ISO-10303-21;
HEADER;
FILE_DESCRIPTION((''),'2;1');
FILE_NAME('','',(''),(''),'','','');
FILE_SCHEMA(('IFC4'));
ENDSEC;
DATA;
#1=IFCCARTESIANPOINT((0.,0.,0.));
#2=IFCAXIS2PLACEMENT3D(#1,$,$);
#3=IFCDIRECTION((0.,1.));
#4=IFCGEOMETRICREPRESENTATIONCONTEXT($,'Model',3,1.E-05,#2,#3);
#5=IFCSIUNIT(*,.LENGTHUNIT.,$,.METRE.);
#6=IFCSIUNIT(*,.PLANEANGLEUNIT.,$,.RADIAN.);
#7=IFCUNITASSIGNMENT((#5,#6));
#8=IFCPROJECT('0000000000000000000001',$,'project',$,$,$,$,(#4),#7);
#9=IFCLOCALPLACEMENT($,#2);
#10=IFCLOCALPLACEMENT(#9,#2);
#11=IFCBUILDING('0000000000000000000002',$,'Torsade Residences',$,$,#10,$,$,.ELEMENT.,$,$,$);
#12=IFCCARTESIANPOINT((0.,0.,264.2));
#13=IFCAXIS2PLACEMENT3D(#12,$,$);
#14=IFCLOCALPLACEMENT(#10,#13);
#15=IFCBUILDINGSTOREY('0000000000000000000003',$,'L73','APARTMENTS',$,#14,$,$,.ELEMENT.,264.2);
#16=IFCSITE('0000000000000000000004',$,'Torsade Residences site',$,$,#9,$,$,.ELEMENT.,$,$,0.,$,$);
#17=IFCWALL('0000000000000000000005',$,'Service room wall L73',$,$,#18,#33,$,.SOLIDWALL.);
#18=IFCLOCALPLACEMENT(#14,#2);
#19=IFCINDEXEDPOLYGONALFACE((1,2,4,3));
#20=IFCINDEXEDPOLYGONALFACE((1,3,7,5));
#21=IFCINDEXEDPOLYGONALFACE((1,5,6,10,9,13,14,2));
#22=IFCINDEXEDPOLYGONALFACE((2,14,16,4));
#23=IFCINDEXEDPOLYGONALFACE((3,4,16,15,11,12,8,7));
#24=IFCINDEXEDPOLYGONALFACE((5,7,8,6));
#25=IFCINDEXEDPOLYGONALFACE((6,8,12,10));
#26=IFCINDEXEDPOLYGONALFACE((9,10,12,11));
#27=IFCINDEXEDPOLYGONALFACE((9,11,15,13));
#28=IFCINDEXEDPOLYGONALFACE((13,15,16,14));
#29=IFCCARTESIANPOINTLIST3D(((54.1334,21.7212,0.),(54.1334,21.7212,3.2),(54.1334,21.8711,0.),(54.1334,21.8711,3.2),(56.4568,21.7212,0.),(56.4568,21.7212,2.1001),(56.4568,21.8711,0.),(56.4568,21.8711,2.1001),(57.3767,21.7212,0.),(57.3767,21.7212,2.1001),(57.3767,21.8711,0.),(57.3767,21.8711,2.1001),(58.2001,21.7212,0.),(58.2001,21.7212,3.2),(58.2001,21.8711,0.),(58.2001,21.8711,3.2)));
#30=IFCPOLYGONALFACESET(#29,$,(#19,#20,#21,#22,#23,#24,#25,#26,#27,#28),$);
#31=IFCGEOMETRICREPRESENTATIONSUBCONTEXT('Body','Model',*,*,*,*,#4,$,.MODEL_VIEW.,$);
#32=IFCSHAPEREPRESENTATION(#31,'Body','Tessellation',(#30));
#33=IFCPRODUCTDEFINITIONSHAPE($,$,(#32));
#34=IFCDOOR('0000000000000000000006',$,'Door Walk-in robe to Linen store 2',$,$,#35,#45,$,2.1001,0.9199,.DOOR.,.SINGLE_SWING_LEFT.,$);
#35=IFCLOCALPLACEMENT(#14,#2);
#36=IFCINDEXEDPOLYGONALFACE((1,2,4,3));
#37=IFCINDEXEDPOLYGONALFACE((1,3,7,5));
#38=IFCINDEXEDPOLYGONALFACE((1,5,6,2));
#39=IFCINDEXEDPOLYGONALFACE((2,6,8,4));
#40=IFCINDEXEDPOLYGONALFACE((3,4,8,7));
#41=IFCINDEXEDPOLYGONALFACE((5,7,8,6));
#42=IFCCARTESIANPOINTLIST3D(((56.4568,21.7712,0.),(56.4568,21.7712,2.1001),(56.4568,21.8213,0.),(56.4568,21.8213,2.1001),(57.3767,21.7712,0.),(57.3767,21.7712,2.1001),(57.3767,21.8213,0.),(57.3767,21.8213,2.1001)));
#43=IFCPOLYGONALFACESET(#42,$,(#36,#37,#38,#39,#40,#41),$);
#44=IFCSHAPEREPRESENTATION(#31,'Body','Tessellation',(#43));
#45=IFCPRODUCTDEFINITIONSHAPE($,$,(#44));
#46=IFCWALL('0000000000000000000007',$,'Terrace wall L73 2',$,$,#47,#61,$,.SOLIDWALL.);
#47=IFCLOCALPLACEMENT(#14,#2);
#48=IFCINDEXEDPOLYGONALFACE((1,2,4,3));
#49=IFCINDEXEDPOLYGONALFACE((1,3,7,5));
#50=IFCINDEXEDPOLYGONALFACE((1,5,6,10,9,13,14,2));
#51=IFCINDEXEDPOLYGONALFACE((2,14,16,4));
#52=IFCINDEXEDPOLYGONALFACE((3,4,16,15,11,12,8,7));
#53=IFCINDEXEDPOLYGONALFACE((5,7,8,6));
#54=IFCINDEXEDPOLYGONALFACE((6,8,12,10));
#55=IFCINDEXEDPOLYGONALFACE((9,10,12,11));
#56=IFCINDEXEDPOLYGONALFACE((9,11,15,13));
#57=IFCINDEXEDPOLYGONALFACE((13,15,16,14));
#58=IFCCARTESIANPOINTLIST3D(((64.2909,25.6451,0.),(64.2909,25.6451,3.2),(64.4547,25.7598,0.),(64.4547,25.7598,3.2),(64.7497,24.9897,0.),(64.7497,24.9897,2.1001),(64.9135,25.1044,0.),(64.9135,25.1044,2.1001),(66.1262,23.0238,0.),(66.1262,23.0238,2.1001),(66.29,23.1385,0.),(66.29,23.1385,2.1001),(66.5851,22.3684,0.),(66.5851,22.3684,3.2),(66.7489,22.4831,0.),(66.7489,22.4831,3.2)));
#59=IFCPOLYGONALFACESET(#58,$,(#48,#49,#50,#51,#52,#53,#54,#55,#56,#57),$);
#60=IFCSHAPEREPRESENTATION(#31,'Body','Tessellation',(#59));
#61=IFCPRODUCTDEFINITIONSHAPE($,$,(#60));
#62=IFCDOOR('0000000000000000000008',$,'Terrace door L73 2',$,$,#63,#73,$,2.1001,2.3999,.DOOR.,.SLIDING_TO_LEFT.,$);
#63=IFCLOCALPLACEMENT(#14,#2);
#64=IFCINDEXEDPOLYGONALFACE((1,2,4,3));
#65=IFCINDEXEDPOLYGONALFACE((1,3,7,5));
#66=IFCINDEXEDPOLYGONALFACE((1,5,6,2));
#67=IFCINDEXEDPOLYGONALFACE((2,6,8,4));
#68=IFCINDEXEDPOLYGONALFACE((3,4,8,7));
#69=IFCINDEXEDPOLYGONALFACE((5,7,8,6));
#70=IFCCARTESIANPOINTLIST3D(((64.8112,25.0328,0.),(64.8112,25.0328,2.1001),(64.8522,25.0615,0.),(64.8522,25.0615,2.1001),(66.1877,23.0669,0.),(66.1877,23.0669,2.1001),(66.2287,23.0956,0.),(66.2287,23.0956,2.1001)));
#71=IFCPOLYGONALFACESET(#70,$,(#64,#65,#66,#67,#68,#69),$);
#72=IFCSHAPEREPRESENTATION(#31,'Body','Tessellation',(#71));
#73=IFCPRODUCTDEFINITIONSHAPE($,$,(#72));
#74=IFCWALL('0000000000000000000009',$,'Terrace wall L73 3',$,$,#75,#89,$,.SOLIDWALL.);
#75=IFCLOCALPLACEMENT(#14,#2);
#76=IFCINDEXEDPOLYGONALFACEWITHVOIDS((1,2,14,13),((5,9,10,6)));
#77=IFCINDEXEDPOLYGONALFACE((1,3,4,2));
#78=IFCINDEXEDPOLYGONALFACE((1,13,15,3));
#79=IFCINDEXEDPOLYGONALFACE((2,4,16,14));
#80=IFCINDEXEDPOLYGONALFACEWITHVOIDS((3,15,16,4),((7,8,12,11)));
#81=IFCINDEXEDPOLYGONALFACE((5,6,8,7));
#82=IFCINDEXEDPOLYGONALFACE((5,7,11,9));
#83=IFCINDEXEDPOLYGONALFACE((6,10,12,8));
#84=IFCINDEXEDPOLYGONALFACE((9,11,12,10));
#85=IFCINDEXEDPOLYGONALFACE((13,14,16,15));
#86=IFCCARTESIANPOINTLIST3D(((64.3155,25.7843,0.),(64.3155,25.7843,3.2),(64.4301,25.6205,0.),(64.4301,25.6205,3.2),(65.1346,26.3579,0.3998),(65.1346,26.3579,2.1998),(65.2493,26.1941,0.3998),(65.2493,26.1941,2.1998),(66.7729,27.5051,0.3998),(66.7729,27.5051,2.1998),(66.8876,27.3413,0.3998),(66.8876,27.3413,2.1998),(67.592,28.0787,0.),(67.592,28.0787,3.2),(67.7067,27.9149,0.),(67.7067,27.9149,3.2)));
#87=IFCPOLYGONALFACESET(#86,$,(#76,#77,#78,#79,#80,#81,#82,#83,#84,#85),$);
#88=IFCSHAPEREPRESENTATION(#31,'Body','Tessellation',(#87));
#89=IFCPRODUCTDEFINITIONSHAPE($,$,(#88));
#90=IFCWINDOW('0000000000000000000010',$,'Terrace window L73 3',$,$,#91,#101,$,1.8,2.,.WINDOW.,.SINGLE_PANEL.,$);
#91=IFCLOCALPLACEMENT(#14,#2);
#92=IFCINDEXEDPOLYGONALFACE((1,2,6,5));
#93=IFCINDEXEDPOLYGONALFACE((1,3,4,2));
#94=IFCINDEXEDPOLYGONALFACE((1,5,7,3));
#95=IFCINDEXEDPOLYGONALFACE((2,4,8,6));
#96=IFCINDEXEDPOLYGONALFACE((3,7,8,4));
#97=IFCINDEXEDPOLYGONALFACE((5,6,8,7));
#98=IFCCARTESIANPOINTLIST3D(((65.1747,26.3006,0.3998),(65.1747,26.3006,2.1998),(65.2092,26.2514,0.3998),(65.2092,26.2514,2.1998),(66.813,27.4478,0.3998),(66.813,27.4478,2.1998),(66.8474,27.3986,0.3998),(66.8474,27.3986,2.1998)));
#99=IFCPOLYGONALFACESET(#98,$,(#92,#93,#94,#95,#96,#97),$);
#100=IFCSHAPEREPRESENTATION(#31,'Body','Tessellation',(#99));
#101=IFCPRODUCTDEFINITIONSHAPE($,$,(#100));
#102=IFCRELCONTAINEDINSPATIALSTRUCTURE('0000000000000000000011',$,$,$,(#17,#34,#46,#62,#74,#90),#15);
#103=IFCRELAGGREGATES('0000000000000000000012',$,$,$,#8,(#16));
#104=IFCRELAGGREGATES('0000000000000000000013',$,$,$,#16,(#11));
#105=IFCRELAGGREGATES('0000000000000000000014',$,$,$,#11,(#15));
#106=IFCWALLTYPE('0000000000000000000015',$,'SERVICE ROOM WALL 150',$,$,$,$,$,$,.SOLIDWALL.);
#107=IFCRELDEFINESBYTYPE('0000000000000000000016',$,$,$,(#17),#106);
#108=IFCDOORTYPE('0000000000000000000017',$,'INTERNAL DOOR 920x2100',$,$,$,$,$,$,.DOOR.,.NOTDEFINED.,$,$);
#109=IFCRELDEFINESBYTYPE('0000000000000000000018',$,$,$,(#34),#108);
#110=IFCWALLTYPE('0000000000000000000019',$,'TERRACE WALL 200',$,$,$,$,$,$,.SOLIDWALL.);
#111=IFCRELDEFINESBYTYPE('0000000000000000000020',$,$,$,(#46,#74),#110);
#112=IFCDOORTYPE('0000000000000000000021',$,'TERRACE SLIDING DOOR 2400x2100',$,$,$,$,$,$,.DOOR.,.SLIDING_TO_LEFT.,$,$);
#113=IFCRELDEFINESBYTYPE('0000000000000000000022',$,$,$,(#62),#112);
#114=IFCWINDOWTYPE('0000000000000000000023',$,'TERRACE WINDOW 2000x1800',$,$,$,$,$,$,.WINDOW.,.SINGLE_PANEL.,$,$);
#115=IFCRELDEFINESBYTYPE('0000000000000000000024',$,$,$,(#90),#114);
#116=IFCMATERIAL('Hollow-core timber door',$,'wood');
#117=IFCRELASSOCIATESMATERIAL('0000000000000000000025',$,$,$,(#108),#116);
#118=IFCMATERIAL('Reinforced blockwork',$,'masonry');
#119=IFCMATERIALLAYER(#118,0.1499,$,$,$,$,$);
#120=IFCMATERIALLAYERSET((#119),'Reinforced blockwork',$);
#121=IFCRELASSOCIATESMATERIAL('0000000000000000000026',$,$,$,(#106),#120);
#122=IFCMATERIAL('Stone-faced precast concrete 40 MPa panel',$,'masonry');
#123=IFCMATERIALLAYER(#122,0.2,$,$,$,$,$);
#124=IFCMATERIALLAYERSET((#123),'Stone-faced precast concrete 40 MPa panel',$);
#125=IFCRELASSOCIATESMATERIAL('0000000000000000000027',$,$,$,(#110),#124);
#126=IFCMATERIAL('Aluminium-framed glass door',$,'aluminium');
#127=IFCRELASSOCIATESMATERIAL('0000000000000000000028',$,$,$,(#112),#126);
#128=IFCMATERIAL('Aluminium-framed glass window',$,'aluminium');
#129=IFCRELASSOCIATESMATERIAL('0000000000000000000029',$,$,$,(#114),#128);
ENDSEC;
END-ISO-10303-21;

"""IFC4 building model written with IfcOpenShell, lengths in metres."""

from ifc_helpers import new_model, si_unit, direction, frame, frame_2d, origin, place, context, subcontext, project, spatial, rectangle, extrude, material, layer, layer_set, type_object, element, fill, save


model = new_model("IFC4")

# Units and contexts
model_context = context("Model", 3, precision=1e-05, world=origin(), true_north=direction((0.0, 1.0)))
body_context = subcontext(model_context, "Body", "Model", "MODEL_VIEW")
ifc_project = project(units=[si_unit("LENGTHUNIT", "METRE"), si_unit("PLANEANGLEUNIT", "RADIAN")], contexts=[model_context])

# Site, building, storey
site_placement = place(None, origin())
site = spatial("IfcSite", under=ifc_project, at=site_placement, Name="Torsade Residences site", CompositionType="ELEMENT", RefElevation=0.0)
building_placement = place(site_placement, origin())
building = spatial("IfcBuilding", under=site, at=building_placement, Name="Torsade Residences", CompositionType="ELEMENT")
storey_placement = place(building_placement, frame((0.0, 0.0, 264.2)))
storey = spatial("IfcBuildingStorey", under=building, at=storey_placement, Name="L73", Description="APARTMENTS", CompositionType="ELEMENT", Elevation=264.2)

# Shared definitions
ifc_material_1 = material(Name="Hollow-core timber door", Category="wood")
door_type_1 = type_object("IfcDoorType", Name="INTERNAL DOOR 920x2100", OperationType="NOTDEFINED", PredefinedType="DOOR", material=ifc_material_1)

# Shared definitions
ifc_material_2 = material(Name="Reinforced blockwork", Category="masonry")
ifc_layer_1 = layer(ifc_material_2, 0.1499)
ifc_layer_set_1 = layer_set([ifc_layer_1], Name="Reinforced blockwork")
wall_type_1 = type_object("IfcWallType", Name="SERVICE ROOM WALL 150", PredefinedType="SOLIDWALL", material=ifc_layer_set_1)

# Walls, openings, doors
wall_1_placement = place(storey_placement, frame((58.2, 21.7961, 0.0), z_axis=(0.0, 0.0, 1.0), x_axis=(-1.0, 0.0, 0.0)))
wall_1 = element("IfcWall", 1, at=wall_1_placement, inside=storey, type_object=wall_type_1, Name="Service room wall L73", PredefinedType="SOLIDWALL", context=body_context, shape_type="SweptSolid", body=[
    extrude(rectangle(XDim=4.0667, YDim=0.1499, at=frame_2d((2.0332, 0.0))), origin(), (0.0, 0.0, 1.0), 3.2),
])
opening_1_placement = place(wall_1_placement, frame((0.8232, 0.0, 0.0)))
opening_1 = element("IfcOpeningElement", 2, at=opening_1_placement, cuts=wall_1, PredefinedType="OPENING", context=body_context, shape_type="SweptSolid", body=[
    extrude(rectangle(XDim=0.9199, YDim=2.1001, at=frame_2d((0.46, 1.05))), frame((0.0, 0.085, 0.0), z_axis=(0.0, -1.0, 0.0), x_axis=(1.0, 0.0, 0.0)), (0.0, 0.0, 1.0), 0.1699),
])
door_1_placement = place(opening_1_placement, origin())
door_1 = element("IfcDoor", 3, at=door_1_placement, inside=storey, type_object=door_type_1, Name="Door Walk-in robe to Linen store 2", OperationType="SINGLE_SWING_LEFT", OverallHeight=2.1001, OverallWidth=0.9199, PredefinedType="DOOR", context=body_context, shape_type="SweptSolid", body=[
    extrude(rectangle(XDim=0.9199, YDim=2.1001, at=frame_2d((0.46, 1.05))), frame((0.0, 0.0249, 0.0), z_axis=(0.0, -1.0, 0.0), x_axis=(1.0, 0.0, 0.0)), (0.0, 0.0, 1.0), 0.05),
])
fill(opening_1, door_1)
ifc_material_3 = material(Name="Stone-faced precast concrete 40 MPa panel", Category="masonry")
ifc_layer_2 = layer(ifc_material_3, 0.2)
ifc_layer_set_2 = layer_set([ifc_layer_2], Name="Stone-faced precast concrete 40 MPa panel")
wall_type_2 = type_object("IfcWallType", Name="TERRACE WALL 200", PredefinedType="SOLIDWALL", material=ifc_layer_set_2)
wall_2_placement = place(storey_placement, frame((66.667, 22.4258, 0.0), z_axis=(0.0, 0.0, 1.0), x_axis=(-0.573557, 0.819166, 0.0)))
wall_2 = element("IfcWall", 4, at=wall_2_placement, inside=storey, type_object=wall_type_2, Name="Terrace wall L73 2", PredefinedType="SOLIDWALL", context=body_context, shape_type="SweptSolid", body=[
    extrude(rectangle(XDim=4.0, YDim=0.2, at=frame_2d((2.0, 0.0))), origin(), (0.0, 0.0, 1.0), 3.2),
])
opening_2_placement = place(wall_2_placement, frame((0.8, 0.0, 0.0)))
opening_2 = element("IfcOpeningElement", 5, at=opening_2_placement, cuts=wall_2, PredefinedType="OPENING", context=body_context, shape_type="SweptSolid", body=[
    extrude(rectangle(XDim=2.3999, YDim=2.1001, at=frame_2d((1.2, 1.05))), frame((0.0, 0.1099, 0.0), z_axis=(0.0, -1.0, 0.0), x_axis=(1.0, 0.0, 0.0)), (0.0, 0.0, 1.0), 0.22),
])
ifc_material_4 = material(Name="Aluminium-framed glass door", Category="aluminium")
door_type_2 = type_object("IfcDoorType", Name="TERRACE SLIDING DOOR 2400x2100", OperationType="SLIDING_TO_LEFT", PredefinedType="DOOR", material=ifc_material_4)
door_2_placement = place(opening_2_placement, origin())
door_2 = element("IfcDoor", 6, at=door_2_placement, inside=storey, type_object=door_type_2, Name="Terrace door L73 2", OperationType="SLIDING_TO_LEFT", OverallHeight=2.1001, OverallWidth=2.3999, PredefinedType="DOOR", context=body_context, shape_type="SweptSolid", body=[
    extrude(rectangle(XDim=2.3999, YDim=2.1001, at=frame_2d((1.2, 1.05))), frame((0.0, 0.0249, 0.0), z_axis=(0.0, -1.0, 0.0), x_axis=(1.0, 0.0, 0.0)), (0.0, 0.0, 1.0), 0.05),
])
fill(opening_2, door_2)

# Wall, opening, window
wall_3_placement = place(storey_placement, frame((64.3728, 25.7024, 0.0), z_axis=(0.0, 0.0, 1.0), x_axis=(0.819137, 0.573598, 0.0)))
wall_3 = element("IfcWall", 7, at=wall_3_placement, inside=storey, type_object=wall_type_2, Name="Terrace wall L73 3", PredefinedType="SOLIDWALL", context=body_context, shape_type="SweptSolid", body=[
    extrude(rectangle(XDim=4.0, YDim=0.2, at=frame_2d((2.0, 0.0))), origin(), (0.0, 0.0, 1.0), 3.2),
])
opening_3_placement = place(wall_3_placement, frame((1.0, 0.0, 0.3999)))
opening_3 = element("IfcOpeningElement", 8, at=opening_3_placement, cuts=wall_3, PredefinedType="OPENING", context=body_context, shape_type="SweptSolid", body=[
    extrude(rectangle(XDim=2.0, YDim=1.8, at=frame_2d((1.0, 0.8999))), frame((0.0, 0.1099, 0.0), z_axis=(0.0, -1.0, 0.0), x_axis=(1.0, 0.0, 0.0)), (0.0, 0.0, 1.0), 0.22),
])
ifc_material_5 = material(Name="Aluminium-framed glass window", Category="aluminium")
window_type = type_object("IfcWindowType", Name="TERRACE WINDOW 2000x1800", PartitioningType="SINGLE_PANEL", PredefinedType="WINDOW", material=ifc_material_5)
window_placement = place(opening_3_placement, origin())
window = element("IfcWindow", 9, at=window_placement, inside=storey, type_object=window_type, Name="Terrace window L73 3", OverallHeight=1.8, OverallWidth=2.0, PartitioningType="SINGLE_PANEL", PredefinedType="WINDOW", context=body_context, shape_type="SweptSolid", body=[
    extrude(rectangle(XDim=2.0, YDim=1.8, at=frame_2d((1.0, 0.8999))), frame((0.0, 0.03, 0.0), z_axis=(0.0, -1.0, 0.0), x_axis=(1.0, 0.0, 0.0)), (0.0, 0.0, 1.0), 0.0601),
])
fill(opening_3, window)

save(model, "model.ifc")
